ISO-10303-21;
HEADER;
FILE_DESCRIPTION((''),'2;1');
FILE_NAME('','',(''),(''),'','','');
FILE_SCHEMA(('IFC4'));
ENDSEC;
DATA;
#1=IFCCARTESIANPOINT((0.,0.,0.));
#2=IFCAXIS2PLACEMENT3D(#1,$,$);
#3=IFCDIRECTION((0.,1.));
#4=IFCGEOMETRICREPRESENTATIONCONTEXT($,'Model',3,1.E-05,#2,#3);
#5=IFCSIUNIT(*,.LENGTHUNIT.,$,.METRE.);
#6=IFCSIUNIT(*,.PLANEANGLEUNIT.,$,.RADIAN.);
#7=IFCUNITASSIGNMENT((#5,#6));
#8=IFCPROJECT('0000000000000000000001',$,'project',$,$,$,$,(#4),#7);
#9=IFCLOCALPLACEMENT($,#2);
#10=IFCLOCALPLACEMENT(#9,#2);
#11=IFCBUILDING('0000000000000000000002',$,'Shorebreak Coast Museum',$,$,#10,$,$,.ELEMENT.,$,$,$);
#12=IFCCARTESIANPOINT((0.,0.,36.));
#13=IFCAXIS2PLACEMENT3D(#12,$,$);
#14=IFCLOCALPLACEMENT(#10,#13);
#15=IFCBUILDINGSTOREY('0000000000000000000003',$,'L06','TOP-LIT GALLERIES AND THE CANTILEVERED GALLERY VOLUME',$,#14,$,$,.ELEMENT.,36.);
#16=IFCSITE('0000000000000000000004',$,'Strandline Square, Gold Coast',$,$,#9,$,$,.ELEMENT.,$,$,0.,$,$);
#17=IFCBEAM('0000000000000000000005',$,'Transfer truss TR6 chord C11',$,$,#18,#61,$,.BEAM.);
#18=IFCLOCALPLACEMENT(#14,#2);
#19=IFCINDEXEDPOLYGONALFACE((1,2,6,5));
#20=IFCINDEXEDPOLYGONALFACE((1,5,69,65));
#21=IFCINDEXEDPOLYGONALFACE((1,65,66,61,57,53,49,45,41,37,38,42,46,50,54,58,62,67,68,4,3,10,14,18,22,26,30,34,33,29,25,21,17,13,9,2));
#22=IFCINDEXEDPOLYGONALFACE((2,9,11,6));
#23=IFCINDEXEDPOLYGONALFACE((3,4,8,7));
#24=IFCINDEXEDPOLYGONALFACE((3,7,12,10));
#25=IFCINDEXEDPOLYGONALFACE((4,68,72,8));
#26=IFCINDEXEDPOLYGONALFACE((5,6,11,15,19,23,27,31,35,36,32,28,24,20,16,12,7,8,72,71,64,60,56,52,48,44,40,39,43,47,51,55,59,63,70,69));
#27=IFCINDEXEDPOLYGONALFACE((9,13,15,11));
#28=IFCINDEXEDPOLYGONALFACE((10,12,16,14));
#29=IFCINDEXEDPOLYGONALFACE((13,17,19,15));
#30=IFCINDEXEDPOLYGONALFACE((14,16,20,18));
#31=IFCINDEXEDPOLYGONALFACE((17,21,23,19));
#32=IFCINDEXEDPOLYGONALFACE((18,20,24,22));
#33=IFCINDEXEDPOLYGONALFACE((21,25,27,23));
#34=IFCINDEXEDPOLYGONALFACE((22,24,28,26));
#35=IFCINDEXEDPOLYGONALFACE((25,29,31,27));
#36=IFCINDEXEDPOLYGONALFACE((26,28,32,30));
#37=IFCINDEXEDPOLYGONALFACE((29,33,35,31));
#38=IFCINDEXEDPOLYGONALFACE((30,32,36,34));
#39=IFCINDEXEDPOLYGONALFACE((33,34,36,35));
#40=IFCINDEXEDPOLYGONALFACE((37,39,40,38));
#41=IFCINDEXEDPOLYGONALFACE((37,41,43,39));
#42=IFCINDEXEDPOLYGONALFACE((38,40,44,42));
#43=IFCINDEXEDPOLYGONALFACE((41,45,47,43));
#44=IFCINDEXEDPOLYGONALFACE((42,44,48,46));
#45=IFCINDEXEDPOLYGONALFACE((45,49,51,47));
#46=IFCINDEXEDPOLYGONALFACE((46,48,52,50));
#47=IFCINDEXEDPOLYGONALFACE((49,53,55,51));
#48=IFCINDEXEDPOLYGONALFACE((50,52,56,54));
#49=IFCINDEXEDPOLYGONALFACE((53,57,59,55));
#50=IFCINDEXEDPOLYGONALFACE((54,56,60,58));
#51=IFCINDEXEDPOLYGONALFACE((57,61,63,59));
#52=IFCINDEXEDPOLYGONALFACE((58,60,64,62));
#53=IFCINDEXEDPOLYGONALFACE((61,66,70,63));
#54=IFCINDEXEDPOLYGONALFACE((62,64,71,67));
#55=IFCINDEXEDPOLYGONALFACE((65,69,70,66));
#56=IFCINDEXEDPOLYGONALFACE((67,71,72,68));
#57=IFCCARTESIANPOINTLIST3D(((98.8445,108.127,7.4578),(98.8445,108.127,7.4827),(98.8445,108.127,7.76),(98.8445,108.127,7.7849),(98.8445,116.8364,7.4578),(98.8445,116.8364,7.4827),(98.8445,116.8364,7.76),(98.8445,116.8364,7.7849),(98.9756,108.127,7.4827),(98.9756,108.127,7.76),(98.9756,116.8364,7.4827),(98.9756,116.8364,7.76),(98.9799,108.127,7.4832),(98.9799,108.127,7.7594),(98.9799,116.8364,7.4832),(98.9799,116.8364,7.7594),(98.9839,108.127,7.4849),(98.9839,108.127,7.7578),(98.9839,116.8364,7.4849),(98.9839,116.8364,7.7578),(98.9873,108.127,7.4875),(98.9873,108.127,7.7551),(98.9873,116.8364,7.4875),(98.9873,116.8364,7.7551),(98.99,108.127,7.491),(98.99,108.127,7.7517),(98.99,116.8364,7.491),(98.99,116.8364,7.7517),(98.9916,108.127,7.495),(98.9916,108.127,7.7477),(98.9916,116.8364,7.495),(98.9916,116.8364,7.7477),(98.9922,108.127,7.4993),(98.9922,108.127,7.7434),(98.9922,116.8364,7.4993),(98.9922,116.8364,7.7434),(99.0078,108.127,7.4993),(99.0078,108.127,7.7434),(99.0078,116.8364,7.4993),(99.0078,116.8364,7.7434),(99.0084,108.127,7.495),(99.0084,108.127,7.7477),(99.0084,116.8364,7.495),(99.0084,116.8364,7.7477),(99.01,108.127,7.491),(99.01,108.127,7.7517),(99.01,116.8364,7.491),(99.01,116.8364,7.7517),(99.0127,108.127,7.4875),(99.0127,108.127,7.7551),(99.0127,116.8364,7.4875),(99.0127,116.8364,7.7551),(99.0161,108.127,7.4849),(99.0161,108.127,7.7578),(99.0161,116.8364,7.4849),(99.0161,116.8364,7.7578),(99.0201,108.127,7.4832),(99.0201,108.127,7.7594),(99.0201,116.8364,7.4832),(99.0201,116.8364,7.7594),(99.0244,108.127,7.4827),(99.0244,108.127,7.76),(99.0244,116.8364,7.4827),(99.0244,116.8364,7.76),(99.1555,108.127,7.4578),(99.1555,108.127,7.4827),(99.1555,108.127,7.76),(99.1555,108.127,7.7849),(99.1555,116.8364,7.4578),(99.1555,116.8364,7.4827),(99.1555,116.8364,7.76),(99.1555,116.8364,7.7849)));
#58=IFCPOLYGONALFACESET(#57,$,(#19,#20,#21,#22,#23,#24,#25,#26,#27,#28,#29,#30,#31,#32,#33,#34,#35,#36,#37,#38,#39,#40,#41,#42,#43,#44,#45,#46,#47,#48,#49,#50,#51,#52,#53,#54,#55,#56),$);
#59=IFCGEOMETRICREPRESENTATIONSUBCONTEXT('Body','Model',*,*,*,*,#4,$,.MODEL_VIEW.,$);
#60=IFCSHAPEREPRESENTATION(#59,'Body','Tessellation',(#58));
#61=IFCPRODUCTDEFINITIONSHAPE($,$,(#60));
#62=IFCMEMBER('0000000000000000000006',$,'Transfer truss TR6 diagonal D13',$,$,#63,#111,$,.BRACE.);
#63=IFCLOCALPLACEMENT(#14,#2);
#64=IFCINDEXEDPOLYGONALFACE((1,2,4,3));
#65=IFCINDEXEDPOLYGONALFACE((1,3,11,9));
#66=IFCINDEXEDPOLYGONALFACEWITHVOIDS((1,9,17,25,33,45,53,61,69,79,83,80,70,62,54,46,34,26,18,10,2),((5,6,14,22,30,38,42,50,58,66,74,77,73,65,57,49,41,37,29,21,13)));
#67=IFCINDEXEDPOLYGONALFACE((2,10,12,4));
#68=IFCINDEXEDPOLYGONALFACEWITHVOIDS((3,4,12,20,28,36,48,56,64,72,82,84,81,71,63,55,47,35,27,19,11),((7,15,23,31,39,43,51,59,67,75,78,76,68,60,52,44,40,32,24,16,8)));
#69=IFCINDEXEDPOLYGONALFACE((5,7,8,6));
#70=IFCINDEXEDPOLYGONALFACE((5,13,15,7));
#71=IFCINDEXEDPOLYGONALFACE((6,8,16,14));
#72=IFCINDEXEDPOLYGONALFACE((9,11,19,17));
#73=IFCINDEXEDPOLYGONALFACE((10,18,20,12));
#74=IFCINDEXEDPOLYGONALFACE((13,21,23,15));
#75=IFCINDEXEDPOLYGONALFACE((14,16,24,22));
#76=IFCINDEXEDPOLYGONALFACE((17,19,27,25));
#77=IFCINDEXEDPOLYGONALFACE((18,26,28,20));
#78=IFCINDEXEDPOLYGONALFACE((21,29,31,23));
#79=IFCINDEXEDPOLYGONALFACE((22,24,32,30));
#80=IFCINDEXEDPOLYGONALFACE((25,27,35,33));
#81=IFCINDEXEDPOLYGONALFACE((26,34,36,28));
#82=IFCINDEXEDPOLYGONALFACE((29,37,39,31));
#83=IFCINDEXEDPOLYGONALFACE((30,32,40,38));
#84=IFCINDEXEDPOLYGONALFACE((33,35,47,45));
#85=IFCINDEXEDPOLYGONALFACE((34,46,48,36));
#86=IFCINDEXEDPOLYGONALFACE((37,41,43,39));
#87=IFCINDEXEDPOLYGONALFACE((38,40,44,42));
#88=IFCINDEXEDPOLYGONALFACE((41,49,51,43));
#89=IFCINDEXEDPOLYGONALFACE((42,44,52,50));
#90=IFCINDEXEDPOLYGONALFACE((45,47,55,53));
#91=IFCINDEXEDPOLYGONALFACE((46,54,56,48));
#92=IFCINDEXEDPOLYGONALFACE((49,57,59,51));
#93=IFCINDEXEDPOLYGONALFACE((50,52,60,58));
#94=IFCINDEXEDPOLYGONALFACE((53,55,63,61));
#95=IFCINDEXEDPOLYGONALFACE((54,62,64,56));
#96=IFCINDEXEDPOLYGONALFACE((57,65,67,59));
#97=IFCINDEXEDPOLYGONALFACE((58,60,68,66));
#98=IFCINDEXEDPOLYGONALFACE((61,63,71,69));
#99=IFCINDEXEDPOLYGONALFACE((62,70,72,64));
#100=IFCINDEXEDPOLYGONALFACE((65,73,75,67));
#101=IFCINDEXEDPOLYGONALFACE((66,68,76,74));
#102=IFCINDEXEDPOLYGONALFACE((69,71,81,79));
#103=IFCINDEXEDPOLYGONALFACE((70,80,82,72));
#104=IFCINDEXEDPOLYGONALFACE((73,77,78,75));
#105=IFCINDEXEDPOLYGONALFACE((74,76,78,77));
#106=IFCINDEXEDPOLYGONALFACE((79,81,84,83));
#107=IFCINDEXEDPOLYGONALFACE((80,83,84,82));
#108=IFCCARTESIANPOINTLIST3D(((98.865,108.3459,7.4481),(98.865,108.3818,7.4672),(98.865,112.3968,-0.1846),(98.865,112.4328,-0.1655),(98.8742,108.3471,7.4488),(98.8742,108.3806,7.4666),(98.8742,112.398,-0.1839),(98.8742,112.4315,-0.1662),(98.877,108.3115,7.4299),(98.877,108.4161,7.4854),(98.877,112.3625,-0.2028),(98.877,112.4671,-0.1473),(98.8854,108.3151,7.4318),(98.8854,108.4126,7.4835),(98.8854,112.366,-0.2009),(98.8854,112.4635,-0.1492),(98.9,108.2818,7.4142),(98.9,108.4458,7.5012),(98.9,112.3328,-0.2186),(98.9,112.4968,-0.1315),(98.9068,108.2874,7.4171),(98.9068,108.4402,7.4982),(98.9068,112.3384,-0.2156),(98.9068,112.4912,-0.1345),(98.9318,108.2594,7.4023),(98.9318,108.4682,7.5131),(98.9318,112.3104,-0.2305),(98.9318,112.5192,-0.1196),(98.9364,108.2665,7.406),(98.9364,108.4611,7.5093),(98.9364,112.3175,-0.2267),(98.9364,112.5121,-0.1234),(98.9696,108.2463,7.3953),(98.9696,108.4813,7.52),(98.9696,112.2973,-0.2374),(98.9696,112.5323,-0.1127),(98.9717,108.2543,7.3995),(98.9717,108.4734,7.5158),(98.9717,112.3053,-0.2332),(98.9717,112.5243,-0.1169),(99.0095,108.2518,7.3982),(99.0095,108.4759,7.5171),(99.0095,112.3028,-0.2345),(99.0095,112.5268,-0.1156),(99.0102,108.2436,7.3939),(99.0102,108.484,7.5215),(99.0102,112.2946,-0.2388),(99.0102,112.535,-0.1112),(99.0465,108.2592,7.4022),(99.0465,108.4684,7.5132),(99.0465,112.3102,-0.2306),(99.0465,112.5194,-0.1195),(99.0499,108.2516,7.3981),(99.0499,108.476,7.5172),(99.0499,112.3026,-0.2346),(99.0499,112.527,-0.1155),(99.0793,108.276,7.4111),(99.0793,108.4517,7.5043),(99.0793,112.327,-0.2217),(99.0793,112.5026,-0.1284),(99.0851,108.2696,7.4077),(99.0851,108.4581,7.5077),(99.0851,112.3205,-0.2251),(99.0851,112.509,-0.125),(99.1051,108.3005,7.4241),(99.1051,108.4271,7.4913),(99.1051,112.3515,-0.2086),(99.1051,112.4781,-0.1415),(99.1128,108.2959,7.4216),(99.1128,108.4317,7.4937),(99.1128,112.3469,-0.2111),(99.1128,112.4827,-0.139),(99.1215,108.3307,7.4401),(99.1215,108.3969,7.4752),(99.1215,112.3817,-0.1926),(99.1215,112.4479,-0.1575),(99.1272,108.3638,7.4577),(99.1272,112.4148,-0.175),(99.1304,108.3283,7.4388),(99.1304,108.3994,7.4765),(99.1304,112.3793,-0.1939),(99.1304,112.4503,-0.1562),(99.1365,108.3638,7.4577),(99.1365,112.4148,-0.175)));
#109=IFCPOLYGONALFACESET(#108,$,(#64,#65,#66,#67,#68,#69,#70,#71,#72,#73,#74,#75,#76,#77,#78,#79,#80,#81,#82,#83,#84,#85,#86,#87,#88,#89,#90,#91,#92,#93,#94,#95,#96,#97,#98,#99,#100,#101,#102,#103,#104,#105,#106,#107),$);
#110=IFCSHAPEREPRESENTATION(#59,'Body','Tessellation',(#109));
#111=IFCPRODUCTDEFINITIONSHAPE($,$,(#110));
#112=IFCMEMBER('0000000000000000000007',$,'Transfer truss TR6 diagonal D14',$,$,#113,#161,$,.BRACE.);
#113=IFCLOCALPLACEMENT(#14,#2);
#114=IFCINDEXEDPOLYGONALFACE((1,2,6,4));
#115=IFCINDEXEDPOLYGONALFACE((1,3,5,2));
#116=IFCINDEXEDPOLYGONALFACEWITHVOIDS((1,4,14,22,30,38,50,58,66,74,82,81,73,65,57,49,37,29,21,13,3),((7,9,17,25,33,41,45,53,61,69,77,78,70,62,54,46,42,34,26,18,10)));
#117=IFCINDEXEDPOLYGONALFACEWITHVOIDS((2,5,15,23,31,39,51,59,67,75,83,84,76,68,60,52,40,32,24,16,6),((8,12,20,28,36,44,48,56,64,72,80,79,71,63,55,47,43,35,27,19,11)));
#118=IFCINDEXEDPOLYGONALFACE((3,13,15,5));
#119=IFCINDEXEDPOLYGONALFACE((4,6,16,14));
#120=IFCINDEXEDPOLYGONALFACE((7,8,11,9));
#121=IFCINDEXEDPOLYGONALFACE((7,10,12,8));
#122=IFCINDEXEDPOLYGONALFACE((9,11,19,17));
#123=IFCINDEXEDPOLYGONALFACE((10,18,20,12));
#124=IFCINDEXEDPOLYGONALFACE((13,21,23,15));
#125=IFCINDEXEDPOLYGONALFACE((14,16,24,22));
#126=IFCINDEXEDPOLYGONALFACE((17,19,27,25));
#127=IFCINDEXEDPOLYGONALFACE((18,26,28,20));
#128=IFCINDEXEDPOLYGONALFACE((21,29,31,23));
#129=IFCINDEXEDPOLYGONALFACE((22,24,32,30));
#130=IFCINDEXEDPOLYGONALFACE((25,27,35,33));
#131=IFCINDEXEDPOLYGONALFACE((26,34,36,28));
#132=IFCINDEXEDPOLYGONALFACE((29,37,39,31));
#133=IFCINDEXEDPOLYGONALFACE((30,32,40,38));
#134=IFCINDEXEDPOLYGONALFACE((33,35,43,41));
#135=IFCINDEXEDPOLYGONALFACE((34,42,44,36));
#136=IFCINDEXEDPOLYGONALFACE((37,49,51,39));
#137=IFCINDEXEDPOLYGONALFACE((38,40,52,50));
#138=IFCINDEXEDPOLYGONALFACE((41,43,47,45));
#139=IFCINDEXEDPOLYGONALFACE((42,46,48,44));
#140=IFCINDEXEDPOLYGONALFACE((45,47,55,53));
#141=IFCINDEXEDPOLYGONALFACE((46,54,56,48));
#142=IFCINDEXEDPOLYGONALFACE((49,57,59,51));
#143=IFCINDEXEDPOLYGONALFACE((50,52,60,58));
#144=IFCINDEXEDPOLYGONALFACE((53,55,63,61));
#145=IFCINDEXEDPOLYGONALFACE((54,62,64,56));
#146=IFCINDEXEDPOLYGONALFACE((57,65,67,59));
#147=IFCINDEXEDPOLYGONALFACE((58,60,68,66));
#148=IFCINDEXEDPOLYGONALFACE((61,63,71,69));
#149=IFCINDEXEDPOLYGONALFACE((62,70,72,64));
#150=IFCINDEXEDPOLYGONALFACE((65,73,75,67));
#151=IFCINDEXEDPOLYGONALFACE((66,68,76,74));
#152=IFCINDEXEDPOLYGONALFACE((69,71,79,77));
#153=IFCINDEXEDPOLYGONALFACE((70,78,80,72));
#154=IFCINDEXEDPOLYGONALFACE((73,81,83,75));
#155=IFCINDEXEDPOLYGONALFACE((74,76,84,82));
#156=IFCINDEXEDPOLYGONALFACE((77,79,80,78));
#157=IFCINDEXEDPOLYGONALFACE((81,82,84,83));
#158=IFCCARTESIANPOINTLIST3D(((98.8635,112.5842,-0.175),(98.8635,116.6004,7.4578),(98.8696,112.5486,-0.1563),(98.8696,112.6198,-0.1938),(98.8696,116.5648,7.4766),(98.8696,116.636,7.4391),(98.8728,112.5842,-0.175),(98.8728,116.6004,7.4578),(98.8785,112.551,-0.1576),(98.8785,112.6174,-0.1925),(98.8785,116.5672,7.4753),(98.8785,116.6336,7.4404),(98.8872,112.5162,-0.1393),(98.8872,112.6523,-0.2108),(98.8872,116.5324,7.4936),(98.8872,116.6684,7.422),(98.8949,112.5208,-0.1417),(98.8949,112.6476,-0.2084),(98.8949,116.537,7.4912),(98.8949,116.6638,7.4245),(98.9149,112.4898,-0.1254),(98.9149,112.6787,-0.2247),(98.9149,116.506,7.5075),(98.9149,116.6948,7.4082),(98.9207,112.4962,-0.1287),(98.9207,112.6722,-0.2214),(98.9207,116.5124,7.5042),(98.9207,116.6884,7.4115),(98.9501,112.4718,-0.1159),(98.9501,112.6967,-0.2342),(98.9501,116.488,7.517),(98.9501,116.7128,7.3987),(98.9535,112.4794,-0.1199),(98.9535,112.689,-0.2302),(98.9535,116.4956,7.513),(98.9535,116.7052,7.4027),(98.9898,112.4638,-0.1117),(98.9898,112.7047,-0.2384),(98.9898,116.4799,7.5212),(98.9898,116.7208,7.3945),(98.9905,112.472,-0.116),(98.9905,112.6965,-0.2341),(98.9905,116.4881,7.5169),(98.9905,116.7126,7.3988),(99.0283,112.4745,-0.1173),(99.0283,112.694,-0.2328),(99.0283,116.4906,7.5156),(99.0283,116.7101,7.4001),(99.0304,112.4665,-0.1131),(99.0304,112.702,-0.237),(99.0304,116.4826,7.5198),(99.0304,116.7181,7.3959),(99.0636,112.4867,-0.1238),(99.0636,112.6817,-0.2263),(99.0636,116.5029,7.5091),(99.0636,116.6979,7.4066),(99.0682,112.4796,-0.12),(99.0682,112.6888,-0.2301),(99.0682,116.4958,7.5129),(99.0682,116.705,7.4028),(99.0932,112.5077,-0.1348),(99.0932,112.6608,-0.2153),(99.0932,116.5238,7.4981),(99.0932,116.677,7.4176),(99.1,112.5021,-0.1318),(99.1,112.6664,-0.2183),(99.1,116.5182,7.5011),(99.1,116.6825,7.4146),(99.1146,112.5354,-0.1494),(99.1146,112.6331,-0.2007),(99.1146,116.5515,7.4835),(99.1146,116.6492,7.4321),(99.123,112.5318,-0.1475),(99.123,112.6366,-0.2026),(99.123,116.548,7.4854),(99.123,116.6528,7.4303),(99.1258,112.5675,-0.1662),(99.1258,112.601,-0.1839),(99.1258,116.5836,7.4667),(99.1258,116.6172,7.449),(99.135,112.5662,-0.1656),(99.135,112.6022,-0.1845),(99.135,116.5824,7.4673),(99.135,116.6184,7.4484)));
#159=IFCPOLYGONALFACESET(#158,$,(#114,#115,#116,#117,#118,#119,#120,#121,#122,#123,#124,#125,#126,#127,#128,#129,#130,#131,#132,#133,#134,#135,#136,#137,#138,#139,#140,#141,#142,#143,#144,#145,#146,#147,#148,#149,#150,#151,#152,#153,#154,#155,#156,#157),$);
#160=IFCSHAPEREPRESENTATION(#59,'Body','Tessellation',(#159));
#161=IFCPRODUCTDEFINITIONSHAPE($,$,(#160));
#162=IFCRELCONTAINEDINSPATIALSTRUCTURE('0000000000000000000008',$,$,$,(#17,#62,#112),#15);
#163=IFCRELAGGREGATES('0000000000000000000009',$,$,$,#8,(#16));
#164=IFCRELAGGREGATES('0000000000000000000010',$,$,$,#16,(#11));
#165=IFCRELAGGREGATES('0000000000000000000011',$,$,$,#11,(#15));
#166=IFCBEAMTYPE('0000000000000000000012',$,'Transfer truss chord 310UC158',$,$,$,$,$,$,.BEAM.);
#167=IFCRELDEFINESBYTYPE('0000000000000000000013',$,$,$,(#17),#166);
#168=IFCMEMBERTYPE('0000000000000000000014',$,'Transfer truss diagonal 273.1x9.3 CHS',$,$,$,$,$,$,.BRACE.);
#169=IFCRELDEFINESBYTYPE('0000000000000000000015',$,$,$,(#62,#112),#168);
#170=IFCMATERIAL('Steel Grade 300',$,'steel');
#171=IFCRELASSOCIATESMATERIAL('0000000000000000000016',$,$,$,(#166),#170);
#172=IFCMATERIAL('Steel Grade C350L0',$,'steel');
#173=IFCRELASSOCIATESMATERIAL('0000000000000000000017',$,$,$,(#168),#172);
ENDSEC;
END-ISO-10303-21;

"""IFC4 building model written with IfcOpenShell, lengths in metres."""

from ifc_helpers import new_model, si_unit, direction, frame, origin, origin_2d, place, context, subcontext, project, spatial, hollow_circle, i_section, extrude, material, material_profile, profile_set, type_object, element, save


model = new_model("IFC4")

# Units and contexts
model_context = context("Model", 3, precision=1e-05, world=origin(), true_north=direction((0.0, 1.0)))
body_context = subcontext(model_context, "Body", "Model", "MODEL_VIEW")
ifc_project = project(units=[si_unit("LENGTHUNIT", "METRE"), si_unit("PLANEANGLEUNIT", "RADIAN")], contexts=[model_context])

# Site, building, storey
site_placement = place(None, origin())
site = spatial("IfcSite", under=ifc_project, at=site_placement, Name="Strandline Square, Gold Coast", CompositionType="ELEMENT", RefElevation=0.0)
building_placement = place(site_placement, origin())
building = spatial("IfcBuilding", under=site, at=building_placement, Name="Shorebreak Coast Museum", CompositionType="ELEMENT")
storey_placement = place(building_placement, frame((0.0, 0.0, 36.0)))
storey = spatial("IfcBuildingStorey", under=building, at=storey_placement, Name="L06", Description="TOP-LIT GALLERIES AND THE CANTILEVERED GALLERY VOLUME", CompositionType="ELEMENT", Elevation=36.0)

# Beam
ifc_material_1 = material(Name="Steel Grade 300", Category="steel")
ifc_material_profile_1 = material_profile(ifc_material_1, i_section(OverallWidth=0.311, OverallDepth=0.3271, WebThickness=0.0156, FlangeThickness=0.0249, FilletRadius=0.0166, at=origin_2d()), Name="310UC158")
ifc_profile_set_1 = profile_set([ifc_material_profile_1], Name="Steel Grade 300")
beam_type_1 = type_object("IfcBeamType", Name="Transfer truss chord 310UC158", PredefinedType="BEAM", material=ifc_profile_set_1)
beam_1_placement = place(storey_placement, frame((99.0, 108.127, 7.6213), z_axis=(0.0, 1.0, 0.0), x_axis=(-1.0, 0.0, 0.0)))
element("IfcBeam", 1, at=beam_1_placement, inside=storey, type_object=beam_type_1, Name="Transfer truss TR6 chord C11", PredefinedType="BEAM", context=body_context, shape_type="SweptSolid", body=[
    extrude(i_section(OverallWidth=0.311, OverallDepth=0.3271, WebThickness=0.0156, FlangeThickness=0.0249, FilletRadius=0.0166, at=origin_2d()), origin(), (0.0, 0.0, 1.0), 8.7095),
])

# Members
ifc_material_2 = material(Name="Steel Grade C350L0", Category="steel")
ifc_material_profile_2 = material_profile(ifc_material_2, hollow_circle(Radius=0.1365, WallThickness=0.0093, at=origin_2d()), Name="273.1x9.3 CHS")
ifc_profile_set_2 = profile_set([ifc_material_profile_2], Name="Steel Grade C350L0")
member_type_1 = type_object("IfcMemberType", Name="Transfer truss diagonal 273.1x9.3 CHS", PredefinedType="BRACE", material=ifc_profile_set_2)
member_1_placement = place(storey_placement, frame((99.0, 112.4148, -0.175), z_axis=(0.0, -0.468803, 0.883303), x_axis=(1.0, 0.0, 0.0)))
element("IfcMember", 2, at=member_1_placement, inside=storey, type_object=member_type_1, Name="Transfer truss TR6 diagonal D13", PredefinedType="BRACE", context=body_context, shape_type="SweptSolid", body=[
    extrude(hollow_circle(Radius=0.1365, WallThickness=0.0093, at=origin_2d()), origin(), (0.0, 0.0, 1.0), 8.6411),
])
member_2_placement = place(storey_placement, frame((99.0, 112.5842, -0.175), z_axis=(0.0, 0.465641, 0.884973), x_axis=(-1.0, 0.0, 0.0)))
element("IfcMember", 3, at=member_2_placement, inside=storey, type_object=member_type_1, Name="Transfer truss TR6 diagonal D14", PredefinedType="BRACE", context=body_context, shape_type="SweptSolid", body=[
    extrude(hollow_circle(Radius=0.1365, WallThickness=0.0093, at=origin_2d()), origin(), (0.0, 0.0, 1.0), 8.625),
])

save(model, "model.ifc")
